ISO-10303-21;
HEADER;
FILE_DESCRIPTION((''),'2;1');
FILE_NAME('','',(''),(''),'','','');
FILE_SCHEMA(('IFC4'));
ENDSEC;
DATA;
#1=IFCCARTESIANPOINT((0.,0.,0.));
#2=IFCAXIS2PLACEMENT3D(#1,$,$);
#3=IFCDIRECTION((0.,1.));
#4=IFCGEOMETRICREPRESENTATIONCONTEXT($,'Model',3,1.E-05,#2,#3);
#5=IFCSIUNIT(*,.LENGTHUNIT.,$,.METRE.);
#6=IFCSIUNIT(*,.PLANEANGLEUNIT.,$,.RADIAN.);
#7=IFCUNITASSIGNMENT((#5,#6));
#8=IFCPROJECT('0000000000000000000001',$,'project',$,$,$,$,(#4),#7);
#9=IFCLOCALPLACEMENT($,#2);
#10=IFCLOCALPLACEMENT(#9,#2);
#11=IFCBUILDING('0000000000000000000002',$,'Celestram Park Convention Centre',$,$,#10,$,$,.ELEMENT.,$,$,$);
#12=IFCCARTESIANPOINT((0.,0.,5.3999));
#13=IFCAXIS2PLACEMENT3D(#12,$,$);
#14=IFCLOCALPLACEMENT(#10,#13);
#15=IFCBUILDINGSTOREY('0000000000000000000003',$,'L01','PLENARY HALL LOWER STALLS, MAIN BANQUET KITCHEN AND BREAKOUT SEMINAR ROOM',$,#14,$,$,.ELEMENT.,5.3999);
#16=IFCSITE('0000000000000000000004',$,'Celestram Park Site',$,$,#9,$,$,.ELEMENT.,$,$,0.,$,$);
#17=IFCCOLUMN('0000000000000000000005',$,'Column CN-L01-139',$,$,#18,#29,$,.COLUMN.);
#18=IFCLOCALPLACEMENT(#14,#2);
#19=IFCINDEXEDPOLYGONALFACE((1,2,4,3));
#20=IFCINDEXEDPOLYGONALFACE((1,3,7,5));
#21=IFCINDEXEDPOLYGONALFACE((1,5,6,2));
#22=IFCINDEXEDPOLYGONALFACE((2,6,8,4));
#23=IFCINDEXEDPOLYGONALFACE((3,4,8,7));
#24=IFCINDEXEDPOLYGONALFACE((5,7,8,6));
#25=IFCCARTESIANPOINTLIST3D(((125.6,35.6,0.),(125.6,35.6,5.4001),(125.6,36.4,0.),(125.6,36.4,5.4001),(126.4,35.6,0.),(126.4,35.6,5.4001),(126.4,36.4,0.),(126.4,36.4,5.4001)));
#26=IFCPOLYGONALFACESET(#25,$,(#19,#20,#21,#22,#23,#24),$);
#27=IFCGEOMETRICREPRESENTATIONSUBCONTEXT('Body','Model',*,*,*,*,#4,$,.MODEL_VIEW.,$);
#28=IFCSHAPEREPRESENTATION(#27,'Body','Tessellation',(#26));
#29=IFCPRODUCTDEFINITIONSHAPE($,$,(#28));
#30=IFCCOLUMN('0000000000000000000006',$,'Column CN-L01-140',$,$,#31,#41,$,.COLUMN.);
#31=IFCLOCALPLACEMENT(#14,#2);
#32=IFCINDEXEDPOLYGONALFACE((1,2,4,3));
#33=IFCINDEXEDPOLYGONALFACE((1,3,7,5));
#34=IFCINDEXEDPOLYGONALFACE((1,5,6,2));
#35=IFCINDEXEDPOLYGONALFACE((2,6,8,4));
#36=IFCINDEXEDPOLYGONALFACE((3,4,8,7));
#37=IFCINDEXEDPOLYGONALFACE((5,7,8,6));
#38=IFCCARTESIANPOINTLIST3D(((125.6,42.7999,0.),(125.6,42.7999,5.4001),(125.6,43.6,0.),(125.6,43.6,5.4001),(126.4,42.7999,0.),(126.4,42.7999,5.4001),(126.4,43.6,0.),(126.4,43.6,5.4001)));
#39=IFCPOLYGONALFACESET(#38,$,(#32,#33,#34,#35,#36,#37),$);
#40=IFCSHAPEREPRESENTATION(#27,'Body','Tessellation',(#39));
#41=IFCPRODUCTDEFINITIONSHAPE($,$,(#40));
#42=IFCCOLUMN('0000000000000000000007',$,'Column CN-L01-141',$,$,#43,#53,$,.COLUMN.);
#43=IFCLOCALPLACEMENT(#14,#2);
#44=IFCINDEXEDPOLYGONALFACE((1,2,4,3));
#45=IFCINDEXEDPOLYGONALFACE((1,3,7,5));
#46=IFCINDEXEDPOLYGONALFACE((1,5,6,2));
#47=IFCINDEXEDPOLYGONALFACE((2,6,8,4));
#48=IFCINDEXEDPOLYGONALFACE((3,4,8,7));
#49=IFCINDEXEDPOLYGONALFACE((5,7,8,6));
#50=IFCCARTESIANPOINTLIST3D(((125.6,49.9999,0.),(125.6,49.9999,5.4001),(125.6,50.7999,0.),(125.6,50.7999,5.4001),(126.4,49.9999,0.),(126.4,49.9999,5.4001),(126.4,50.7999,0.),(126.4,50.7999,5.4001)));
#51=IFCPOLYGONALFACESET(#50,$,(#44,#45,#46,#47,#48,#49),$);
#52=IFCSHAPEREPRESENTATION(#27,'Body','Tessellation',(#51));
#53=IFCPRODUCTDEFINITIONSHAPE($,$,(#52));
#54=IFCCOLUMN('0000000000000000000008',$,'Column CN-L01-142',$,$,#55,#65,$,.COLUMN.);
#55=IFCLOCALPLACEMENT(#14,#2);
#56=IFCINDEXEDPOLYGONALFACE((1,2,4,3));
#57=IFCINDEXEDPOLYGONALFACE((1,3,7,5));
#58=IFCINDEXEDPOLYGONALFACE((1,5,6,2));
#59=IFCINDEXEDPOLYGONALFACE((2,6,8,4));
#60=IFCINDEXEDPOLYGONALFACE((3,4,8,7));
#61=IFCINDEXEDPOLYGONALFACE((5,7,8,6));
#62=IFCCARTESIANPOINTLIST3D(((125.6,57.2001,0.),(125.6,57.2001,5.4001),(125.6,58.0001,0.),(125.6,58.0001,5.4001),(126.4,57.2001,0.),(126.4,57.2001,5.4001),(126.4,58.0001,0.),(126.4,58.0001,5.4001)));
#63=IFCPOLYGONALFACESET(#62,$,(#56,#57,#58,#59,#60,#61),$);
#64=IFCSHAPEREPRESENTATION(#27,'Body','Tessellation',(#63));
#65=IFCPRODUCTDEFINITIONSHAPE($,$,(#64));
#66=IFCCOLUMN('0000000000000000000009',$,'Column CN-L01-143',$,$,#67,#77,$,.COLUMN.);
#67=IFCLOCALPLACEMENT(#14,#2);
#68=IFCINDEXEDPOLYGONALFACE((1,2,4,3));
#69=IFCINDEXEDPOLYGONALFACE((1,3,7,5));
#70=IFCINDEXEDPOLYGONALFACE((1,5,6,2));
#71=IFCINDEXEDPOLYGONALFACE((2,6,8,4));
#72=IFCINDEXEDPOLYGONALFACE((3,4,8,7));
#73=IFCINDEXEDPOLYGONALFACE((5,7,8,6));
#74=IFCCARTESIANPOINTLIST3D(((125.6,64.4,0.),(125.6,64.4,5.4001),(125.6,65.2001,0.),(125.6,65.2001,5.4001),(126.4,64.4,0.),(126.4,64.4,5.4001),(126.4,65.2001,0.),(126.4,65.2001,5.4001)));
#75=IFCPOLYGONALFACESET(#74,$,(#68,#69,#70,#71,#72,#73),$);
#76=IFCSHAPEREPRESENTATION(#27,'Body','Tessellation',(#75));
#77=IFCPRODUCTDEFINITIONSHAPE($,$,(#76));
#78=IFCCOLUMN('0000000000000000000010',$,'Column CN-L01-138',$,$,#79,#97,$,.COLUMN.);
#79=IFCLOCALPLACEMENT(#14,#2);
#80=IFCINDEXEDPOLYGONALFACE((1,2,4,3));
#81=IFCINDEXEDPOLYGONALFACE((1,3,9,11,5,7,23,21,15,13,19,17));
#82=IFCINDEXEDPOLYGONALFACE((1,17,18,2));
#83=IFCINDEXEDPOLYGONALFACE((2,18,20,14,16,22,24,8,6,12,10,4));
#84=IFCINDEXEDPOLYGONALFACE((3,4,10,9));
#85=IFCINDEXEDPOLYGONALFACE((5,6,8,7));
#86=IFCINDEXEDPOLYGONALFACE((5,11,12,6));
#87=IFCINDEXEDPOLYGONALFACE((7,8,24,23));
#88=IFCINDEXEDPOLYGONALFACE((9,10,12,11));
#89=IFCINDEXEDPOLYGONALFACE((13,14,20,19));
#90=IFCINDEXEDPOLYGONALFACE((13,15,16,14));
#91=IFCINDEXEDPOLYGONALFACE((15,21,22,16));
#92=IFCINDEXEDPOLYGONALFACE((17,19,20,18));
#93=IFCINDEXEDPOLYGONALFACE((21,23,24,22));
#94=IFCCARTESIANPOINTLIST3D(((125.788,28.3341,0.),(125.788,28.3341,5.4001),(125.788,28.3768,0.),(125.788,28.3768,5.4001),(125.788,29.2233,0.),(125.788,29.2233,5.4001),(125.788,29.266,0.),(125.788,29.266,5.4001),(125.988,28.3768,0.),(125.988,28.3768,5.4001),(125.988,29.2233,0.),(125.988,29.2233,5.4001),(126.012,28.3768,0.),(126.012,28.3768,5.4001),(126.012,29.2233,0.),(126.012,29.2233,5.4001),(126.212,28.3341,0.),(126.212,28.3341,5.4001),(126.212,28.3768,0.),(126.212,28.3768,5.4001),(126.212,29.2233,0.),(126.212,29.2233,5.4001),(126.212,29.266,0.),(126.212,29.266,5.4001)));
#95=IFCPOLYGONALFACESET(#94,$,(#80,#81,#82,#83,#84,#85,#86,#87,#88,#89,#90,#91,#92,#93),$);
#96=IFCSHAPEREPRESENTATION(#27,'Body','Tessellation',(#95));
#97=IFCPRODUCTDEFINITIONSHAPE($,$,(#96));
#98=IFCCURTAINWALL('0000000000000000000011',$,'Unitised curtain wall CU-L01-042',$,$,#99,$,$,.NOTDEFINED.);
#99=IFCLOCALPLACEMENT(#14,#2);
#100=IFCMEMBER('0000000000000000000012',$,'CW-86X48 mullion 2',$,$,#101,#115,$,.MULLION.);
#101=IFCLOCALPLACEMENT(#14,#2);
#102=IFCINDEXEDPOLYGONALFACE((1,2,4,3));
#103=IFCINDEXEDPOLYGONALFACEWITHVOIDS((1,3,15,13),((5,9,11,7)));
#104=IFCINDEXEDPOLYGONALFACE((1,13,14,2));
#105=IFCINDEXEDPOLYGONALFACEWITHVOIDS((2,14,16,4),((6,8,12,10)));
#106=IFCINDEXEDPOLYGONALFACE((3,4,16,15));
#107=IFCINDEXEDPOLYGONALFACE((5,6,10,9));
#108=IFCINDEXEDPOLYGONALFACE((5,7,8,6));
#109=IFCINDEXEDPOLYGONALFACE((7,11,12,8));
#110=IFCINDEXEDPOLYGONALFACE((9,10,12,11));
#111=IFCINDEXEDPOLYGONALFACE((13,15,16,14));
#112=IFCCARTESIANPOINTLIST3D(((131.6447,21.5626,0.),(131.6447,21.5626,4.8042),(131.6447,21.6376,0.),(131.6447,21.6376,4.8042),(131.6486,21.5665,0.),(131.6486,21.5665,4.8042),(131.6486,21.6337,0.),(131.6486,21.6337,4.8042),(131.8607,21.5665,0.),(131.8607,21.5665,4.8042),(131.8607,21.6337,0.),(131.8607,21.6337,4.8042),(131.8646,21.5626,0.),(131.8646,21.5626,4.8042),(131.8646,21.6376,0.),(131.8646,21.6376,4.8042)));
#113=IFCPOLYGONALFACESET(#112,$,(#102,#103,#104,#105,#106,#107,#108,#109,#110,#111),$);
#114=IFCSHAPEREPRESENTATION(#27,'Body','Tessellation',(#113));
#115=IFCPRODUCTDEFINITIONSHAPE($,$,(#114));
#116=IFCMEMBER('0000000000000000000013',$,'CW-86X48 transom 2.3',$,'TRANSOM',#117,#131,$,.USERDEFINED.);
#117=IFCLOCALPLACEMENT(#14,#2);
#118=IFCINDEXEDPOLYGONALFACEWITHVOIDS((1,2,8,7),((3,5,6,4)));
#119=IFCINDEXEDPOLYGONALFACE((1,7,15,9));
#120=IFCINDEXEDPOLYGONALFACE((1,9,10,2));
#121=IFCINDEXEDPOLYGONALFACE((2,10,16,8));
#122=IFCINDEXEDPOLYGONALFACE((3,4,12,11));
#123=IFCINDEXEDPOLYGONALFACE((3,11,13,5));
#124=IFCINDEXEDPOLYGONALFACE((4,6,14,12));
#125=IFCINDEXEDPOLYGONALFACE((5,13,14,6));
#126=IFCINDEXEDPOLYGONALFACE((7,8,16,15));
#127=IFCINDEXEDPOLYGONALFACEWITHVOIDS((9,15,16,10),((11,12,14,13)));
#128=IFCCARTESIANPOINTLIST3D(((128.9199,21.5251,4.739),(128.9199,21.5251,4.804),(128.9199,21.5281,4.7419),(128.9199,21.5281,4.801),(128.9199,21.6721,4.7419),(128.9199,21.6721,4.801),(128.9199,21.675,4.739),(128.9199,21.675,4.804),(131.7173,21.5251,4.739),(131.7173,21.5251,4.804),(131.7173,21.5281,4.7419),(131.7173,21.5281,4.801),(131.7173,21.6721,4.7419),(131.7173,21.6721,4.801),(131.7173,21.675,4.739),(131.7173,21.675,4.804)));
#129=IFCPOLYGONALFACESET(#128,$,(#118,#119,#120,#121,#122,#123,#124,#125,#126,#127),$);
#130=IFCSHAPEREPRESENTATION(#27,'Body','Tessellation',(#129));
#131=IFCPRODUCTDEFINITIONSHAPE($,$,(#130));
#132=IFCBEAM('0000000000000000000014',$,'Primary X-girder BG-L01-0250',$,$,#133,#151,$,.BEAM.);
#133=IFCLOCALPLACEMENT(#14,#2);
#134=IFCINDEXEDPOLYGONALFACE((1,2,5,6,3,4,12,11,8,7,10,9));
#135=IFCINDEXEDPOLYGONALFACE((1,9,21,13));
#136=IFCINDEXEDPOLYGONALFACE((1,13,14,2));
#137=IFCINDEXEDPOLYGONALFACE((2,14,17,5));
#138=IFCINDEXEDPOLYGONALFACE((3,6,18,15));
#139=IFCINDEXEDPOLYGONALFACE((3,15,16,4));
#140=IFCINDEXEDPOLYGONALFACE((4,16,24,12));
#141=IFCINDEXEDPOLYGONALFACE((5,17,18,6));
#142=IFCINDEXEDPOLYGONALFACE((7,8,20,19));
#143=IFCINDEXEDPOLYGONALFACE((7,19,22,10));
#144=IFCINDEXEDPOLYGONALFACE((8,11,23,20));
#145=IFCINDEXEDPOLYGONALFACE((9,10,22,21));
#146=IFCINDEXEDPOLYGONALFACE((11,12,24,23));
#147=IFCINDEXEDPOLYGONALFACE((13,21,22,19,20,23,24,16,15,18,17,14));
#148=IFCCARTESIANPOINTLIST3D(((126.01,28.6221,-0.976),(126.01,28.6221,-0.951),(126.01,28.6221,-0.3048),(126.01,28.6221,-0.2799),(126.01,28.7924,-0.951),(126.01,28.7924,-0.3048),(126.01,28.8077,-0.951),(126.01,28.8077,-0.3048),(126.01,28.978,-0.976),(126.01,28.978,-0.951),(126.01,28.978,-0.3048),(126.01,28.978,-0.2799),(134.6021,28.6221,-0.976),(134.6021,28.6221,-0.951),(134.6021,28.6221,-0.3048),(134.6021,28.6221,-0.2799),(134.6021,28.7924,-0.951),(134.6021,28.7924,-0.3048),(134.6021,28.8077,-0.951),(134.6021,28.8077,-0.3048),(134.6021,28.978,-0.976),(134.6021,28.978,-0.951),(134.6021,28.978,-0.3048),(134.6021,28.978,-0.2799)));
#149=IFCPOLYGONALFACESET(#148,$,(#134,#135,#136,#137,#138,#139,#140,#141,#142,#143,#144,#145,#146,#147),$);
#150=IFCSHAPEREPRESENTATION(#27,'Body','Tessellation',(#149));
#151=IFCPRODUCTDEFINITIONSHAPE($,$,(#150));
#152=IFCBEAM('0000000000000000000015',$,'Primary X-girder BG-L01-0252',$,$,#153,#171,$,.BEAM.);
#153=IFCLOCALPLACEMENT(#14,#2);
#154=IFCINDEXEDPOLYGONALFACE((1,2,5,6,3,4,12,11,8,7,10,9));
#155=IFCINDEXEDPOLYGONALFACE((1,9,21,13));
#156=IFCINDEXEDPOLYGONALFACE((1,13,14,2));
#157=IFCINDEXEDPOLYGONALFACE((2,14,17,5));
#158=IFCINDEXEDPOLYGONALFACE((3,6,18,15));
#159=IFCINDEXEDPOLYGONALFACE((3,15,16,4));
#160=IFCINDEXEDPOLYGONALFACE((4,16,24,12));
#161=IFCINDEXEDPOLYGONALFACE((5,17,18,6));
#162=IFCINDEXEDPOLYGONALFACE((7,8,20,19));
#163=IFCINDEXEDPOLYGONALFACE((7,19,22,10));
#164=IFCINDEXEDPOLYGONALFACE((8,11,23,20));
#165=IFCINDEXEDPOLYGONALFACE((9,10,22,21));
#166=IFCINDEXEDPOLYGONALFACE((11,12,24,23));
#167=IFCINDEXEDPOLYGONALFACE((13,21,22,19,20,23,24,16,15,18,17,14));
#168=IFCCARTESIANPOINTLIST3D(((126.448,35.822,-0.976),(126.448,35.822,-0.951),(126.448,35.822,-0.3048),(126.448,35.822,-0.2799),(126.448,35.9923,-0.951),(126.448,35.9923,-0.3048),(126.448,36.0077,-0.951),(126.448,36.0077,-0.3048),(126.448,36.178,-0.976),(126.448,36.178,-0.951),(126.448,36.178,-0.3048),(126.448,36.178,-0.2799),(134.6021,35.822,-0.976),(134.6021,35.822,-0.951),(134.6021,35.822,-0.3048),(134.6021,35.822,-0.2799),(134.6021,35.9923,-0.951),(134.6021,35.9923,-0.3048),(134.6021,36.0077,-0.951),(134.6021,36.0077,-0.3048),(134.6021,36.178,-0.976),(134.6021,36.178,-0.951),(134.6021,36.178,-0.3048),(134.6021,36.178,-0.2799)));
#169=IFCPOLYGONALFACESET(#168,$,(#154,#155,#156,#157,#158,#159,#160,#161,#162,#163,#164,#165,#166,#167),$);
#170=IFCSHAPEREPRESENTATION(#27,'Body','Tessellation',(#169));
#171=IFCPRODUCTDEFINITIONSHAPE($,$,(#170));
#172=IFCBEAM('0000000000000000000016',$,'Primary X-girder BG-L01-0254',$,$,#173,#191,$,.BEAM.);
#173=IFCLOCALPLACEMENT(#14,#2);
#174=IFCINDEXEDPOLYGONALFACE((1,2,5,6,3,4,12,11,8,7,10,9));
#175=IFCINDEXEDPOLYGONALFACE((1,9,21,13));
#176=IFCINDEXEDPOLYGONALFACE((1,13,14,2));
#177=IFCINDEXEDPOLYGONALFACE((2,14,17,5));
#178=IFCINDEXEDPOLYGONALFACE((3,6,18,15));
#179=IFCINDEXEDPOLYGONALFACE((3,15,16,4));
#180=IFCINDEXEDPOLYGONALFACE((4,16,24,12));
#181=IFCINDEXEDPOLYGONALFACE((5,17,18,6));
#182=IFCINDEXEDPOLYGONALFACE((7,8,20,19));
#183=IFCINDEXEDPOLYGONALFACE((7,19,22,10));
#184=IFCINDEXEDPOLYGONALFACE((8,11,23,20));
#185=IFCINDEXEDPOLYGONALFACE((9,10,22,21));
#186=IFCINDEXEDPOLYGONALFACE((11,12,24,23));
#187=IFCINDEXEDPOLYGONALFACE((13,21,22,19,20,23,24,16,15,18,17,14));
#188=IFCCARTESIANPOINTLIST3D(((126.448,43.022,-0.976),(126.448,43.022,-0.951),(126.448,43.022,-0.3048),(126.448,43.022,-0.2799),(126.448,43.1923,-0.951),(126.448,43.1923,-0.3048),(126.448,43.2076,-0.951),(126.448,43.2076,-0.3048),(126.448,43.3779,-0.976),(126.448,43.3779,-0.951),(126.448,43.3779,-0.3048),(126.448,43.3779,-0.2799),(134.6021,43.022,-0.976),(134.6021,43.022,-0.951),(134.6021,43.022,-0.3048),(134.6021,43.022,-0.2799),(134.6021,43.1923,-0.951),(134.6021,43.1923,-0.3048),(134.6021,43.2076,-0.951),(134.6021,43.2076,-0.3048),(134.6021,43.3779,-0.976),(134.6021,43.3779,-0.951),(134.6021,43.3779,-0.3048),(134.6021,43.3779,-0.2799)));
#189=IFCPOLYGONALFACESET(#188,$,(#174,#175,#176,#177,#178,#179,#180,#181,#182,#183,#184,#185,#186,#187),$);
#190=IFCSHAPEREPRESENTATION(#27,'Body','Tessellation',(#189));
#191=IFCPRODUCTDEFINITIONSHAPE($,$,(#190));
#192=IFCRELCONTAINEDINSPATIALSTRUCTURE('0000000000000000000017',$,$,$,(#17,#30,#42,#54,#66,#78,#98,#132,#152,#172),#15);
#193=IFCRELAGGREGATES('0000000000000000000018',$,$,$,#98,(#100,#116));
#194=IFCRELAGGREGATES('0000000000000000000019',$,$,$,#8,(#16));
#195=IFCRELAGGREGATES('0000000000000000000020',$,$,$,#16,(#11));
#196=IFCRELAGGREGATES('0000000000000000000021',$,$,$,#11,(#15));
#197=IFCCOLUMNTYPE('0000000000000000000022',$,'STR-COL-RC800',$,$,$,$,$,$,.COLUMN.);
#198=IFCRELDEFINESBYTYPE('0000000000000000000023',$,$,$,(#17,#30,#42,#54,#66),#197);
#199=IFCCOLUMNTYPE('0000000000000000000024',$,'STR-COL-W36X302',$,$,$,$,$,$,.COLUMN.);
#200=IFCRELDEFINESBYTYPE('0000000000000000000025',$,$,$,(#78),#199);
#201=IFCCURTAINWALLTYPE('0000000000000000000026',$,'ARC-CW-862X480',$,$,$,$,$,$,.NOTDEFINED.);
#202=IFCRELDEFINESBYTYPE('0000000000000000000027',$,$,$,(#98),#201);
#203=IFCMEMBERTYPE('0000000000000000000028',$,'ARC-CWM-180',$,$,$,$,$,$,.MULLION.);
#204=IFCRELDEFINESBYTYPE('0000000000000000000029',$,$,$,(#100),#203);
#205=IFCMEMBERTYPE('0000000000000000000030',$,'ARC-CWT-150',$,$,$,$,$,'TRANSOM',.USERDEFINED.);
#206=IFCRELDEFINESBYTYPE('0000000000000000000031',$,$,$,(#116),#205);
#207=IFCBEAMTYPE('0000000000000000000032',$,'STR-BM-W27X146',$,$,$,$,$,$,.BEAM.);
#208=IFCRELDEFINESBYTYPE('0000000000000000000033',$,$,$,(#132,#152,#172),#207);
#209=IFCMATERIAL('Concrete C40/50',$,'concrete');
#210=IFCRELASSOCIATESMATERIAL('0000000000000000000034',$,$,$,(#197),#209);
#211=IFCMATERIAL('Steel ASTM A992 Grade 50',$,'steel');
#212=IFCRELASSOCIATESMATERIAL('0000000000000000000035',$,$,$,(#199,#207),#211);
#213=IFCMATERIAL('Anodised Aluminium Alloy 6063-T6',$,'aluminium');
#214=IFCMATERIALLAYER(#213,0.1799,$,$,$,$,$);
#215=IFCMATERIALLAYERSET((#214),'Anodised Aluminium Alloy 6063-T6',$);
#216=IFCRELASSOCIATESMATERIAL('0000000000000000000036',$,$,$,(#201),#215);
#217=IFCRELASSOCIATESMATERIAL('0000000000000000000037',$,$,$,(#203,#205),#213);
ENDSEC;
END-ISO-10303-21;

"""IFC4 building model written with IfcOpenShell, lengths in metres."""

from ifc_helpers import new_model, si_unit, direction, frame, origin, origin_2d, place, context, subcontext, project, spatial, rectangle, hollow_rectangle, i_section, extrude, material, layer, layer_set, material_profile, profile_set, type_object, element, aggregate, save


model = new_model("IFC4")

# Units and contexts
model_context = context("Model", 3, precision=1e-05, world=origin(), true_north=direction((0.0, 1.0)))
body_context = subcontext(model_context, "Body", "Model", "MODEL_VIEW")
ifc_project = project(units=[si_unit("LENGTHUNIT", "METRE"), si_unit("PLANEANGLEUNIT", "RADIAN")], contexts=[model_context])

# Site, building, storey
site_placement = place(None, origin())
site = spatial("IfcSite", under=ifc_project, at=site_placement, Name="Celestram Park Site", CompositionType="ELEMENT", RefElevation=0.0)
building_placement = place(site_placement, origin())
building = spatial("IfcBuilding", under=site, at=building_placement, Name="Celestram Park Convention Centre", CompositionType="ELEMENT")
storey_placement = place(building_placement, frame((0.0, 0.0, 5.3999)))
storey = spatial("IfcBuildingStorey", under=building, at=storey_placement, Name="L01", Description="PLENARY HALL LOWER STALLS, MAIN BANQUET KITCHEN AND BREAKOUT SEMINAR ROOM", CompositionType="ELEMENT", Elevation=5.3999)

# Columns
ifc_material_1 = material(Name="Concrete C40/50", Category="concrete")
ifc_material_profile_1 = material_profile(ifc_material_1, rectangle(XDim=0.8, YDim=0.8, at=origin_2d()), Name="RC800X800")
ifc_profile_set_1 = profile_set([ifc_material_profile_1], Name="Concrete C40/50")
column_type_1 = type_object("IfcColumnType", Name="STR-COL-RC800", PredefinedType="COLUMN", material=ifc_profile_set_1)
for number, where, z_axis, x_axis, name in (
    (1, (126.0, 36.0, 0.0), (0.0, 0.0, 1.0), (1.0, 0.0, 0.0), "Column CN-L01-139"),
    (2, (126.0, 43.2, 0.0), (0.0, 0.0, 1.0), (1.0, 0.0, 0.0), "Column CN-L01-140"),
    (3, (126.0, 50.3999, 0.0), (0.0, 0.0, 1.0), (1.0, 0.0, 0.0), "Column CN-L01-141"),
    (4, (126.0, 57.6001, 0.0), (0.0, 0.0, 1.0), (1.0, 0.0, 0.0), "Column CN-L01-142"),
    (5, (126.0, 64.8, 0.0), (0.0, 0.0, 1.0), (1.0, 0.0, 0.0), "Column CN-L01-143"),
):
    element("IfcColumn", number, at=place(storey_placement, frame(where, z_axis=z_axis, x_axis=x_axis)), inside=storey, type_object=column_type_1, Name=name, PredefinedType="COLUMN", context=body_context, shape_type="SweptSolid", body=[
        extrude(rectangle(XDim=0.8, YDim=0.8, at=origin_2d()), origin(), (0.0, 0.0, 1.0), 5.4001),
    ])
ifc_material_2 = material(Name="Steel ASTM A992 Grade 50", Category="steel")
ifc_material_profile_2 = material_profile(ifc_material_2, i_section(OverallWidth=0.4241, OverallDepth=0.9319, WebThickness=0.0239, FlangeThickness=0.0427, at=origin_2d()), Name="W36X302")
ifc_profile_set_2 = profile_set([ifc_material_profile_2], Name="Steel ASTM A992 Grade 50")
column_type_2 = type_object("IfcColumnType", Name="STR-COL-W36X302", PredefinedType="COLUMN", material=ifc_profile_set_2)
column_placement = place(storey_placement, frame((126.0, 28.8, 0.0), z_axis=(0.0, 0.0, 1.0), x_axis=(1.0, 0.0, 0.0)))
element("IfcColumn", 6, at=column_placement, inside=storey, type_object=column_type_2, Name="Column CN-L01-138", PredefinedType="COLUMN", context=body_context, shape_type="SweptSolid", body=[
    extrude(i_section(OverallWidth=0.4241, OverallDepth=0.9319, WebThickness=0.0239, FlangeThickness=0.0427, at=origin_2d()), origin(), (0.0, 0.0, 1.0), 5.4001),
])

# Curtain wall, members
ifc_material_3 = material(Name="Anodised Aluminium Alloy 6063-T6", Category="aluminium")
ifc_layer_1 = layer(ifc_material_3, 0.1799)
ifc_layer_set_1 = layer_set([ifc_layer_1], Name="Anodised Aluminium Alloy 6063-T6")
curtain_wall_type = type_object("IfcCurtainWallType", Name="ARC-CW-862X480", PredefinedType="NOTDEFINED", material=ifc_layer_set_1)
curtain_wall_placement = place(storey_placement, origin())
curtain_wall = element("IfcCurtainWall", 7, at=curtain_wall_placement, inside=storey, type_object=curtain_wall_type, Name="Unitised curtain wall CU-L01-042", PredefinedType="NOTDEFINED")
ifc_material_profile_3 = material_profile(ifc_material_3, hollow_rectangle(XDim=0.075, YDim=0.22, WallThickness=0.0039, at=origin_2d()), Name="ALU75X220X4")
ifc_profile_set_3 = profile_set([ifc_material_profile_3], Name="Anodised Aluminium Alloy 6063-T6")
member_type_1 = type_object("IfcMemberType", Name="ARC-CWM-180", PredefinedType="MULLION", material=ifc_profile_set_3)
member_1_placement = place(storey_placement, frame((131.7546, 21.6001, 0.0), z_axis=(0.0, 0.0, 1.0), x_axis=(0.0, -1.0, 0.0)))
member_1 = element("IfcMember", 8, at=member_1_placement, type_object=member_type_1, Name="CW-86X48 mullion 2", PredefinedType="MULLION", context=body_context, shape_type="SweptSolid", body=[
    extrude(hollow_rectangle(XDim=0.075, YDim=0.22, WallThickness=0.0039, at=origin_2d()), origin(), (0.0, 0.0, 1.0), 4.8042),
])
ifc_material_profile_4 = material_profile(ifc_material_3, hollow_rectangle(XDim=0.1499, YDim=0.0649, WallThickness=0.0029, at=origin_2d()), Name="ALU150X65X3")
ifc_profile_set_4 = profile_set([ifc_material_profile_4], Name="Anodised Aluminium Alloy 6063-T6")
member_type_2 = type_object("IfcMemberType", Name="ARC-CWT-150", ElementType="TRANSOM", PredefinedType="USERDEFINED", material=ifc_profile_set_4)
member_2_placement = place(storey_placement, frame((131.7173, 21.6001, 4.7715), z_axis=(-1.0, 0.0, 0.0), x_axis=(0.0, -1.0, 0.0)))
member_2 = element("IfcMember", 9, at=member_2_placement, type_object=member_type_2, Name="CW-86X48 transom 2.3", ObjectType="TRANSOM", PredefinedType="USERDEFINED", context=body_context, shape_type="SweptSolid", body=[
    extrude(hollow_rectangle(XDim=0.1499, YDim=0.0649, WallThickness=0.0029, at=origin_2d()), origin(), (0.0, 0.0, 1.0), 2.7974),
])

# Beams
ifc_material_profile_5 = material_profile(ifc_material_2, i_section(OverallWidth=0.356, OverallDepth=0.696, WebThickness=0.0154, FlangeThickness=0.0249, at=origin_2d()), Name="W27X146")
ifc_profile_set_5 = profile_set([ifc_material_profile_5], Name="Steel ASTM A992 Grade 50")
beam_type_1 = type_object("IfcBeamType", Name="STR-BM-W27X146", PredefinedType="BEAM", material=ifc_profile_set_5)
beam_1_placement = place(storey_placement, frame((126.01, 28.8, -0.6279), z_axis=(1.0, 0.0, 0.0), x_axis=(0.0, 1.0, 0.0)))
element("IfcBeam", 10, at=beam_1_placement, inside=storey, type_object=beam_type_1, Name="Primary X-girder BG-L01-0250", PredefinedType="BEAM", context=body_context, shape_type="SweptSolid", body=[
    extrude(i_section(OverallWidth=0.356, OverallDepth=0.696, WebThickness=0.0154, FlangeThickness=0.0249, at=origin_2d()), origin(), (0.0, 0.0, 1.0), 8.592),
])
for number, where, z_axis, x_axis, name in (
    (11, (126.448, 36.0, -0.6279), (1.0, 0.0, 0.0), (0.0, 1.0, 0.0), "Primary X-girder BG-L01-0252"),
    (12, (126.448, 43.2, -0.6279), (1.0, 0.0, 0.0), (0.0, 1.0, 0.0), "Primary X-girder BG-L01-0254"),
):
    element("IfcBeam", number, at=place(storey_placement, frame(where, z_axis=z_axis, x_axis=x_axis)), inside=storey, type_object=beam_type_1, Name=name, PredefinedType="BEAM", context=body_context, shape_type="SweptSolid", body=[
        extrude(i_section(OverallWidth=0.356, OverallDepth=0.696, WebThickness=0.0154, FlangeThickness=0.0249, at=origin_2d()), origin(), (0.0, 0.0, 1.0), 8.1541),
    ])

aggregate(curtain_wall, [member_1, member_2])

save(model, "model.ifc")
